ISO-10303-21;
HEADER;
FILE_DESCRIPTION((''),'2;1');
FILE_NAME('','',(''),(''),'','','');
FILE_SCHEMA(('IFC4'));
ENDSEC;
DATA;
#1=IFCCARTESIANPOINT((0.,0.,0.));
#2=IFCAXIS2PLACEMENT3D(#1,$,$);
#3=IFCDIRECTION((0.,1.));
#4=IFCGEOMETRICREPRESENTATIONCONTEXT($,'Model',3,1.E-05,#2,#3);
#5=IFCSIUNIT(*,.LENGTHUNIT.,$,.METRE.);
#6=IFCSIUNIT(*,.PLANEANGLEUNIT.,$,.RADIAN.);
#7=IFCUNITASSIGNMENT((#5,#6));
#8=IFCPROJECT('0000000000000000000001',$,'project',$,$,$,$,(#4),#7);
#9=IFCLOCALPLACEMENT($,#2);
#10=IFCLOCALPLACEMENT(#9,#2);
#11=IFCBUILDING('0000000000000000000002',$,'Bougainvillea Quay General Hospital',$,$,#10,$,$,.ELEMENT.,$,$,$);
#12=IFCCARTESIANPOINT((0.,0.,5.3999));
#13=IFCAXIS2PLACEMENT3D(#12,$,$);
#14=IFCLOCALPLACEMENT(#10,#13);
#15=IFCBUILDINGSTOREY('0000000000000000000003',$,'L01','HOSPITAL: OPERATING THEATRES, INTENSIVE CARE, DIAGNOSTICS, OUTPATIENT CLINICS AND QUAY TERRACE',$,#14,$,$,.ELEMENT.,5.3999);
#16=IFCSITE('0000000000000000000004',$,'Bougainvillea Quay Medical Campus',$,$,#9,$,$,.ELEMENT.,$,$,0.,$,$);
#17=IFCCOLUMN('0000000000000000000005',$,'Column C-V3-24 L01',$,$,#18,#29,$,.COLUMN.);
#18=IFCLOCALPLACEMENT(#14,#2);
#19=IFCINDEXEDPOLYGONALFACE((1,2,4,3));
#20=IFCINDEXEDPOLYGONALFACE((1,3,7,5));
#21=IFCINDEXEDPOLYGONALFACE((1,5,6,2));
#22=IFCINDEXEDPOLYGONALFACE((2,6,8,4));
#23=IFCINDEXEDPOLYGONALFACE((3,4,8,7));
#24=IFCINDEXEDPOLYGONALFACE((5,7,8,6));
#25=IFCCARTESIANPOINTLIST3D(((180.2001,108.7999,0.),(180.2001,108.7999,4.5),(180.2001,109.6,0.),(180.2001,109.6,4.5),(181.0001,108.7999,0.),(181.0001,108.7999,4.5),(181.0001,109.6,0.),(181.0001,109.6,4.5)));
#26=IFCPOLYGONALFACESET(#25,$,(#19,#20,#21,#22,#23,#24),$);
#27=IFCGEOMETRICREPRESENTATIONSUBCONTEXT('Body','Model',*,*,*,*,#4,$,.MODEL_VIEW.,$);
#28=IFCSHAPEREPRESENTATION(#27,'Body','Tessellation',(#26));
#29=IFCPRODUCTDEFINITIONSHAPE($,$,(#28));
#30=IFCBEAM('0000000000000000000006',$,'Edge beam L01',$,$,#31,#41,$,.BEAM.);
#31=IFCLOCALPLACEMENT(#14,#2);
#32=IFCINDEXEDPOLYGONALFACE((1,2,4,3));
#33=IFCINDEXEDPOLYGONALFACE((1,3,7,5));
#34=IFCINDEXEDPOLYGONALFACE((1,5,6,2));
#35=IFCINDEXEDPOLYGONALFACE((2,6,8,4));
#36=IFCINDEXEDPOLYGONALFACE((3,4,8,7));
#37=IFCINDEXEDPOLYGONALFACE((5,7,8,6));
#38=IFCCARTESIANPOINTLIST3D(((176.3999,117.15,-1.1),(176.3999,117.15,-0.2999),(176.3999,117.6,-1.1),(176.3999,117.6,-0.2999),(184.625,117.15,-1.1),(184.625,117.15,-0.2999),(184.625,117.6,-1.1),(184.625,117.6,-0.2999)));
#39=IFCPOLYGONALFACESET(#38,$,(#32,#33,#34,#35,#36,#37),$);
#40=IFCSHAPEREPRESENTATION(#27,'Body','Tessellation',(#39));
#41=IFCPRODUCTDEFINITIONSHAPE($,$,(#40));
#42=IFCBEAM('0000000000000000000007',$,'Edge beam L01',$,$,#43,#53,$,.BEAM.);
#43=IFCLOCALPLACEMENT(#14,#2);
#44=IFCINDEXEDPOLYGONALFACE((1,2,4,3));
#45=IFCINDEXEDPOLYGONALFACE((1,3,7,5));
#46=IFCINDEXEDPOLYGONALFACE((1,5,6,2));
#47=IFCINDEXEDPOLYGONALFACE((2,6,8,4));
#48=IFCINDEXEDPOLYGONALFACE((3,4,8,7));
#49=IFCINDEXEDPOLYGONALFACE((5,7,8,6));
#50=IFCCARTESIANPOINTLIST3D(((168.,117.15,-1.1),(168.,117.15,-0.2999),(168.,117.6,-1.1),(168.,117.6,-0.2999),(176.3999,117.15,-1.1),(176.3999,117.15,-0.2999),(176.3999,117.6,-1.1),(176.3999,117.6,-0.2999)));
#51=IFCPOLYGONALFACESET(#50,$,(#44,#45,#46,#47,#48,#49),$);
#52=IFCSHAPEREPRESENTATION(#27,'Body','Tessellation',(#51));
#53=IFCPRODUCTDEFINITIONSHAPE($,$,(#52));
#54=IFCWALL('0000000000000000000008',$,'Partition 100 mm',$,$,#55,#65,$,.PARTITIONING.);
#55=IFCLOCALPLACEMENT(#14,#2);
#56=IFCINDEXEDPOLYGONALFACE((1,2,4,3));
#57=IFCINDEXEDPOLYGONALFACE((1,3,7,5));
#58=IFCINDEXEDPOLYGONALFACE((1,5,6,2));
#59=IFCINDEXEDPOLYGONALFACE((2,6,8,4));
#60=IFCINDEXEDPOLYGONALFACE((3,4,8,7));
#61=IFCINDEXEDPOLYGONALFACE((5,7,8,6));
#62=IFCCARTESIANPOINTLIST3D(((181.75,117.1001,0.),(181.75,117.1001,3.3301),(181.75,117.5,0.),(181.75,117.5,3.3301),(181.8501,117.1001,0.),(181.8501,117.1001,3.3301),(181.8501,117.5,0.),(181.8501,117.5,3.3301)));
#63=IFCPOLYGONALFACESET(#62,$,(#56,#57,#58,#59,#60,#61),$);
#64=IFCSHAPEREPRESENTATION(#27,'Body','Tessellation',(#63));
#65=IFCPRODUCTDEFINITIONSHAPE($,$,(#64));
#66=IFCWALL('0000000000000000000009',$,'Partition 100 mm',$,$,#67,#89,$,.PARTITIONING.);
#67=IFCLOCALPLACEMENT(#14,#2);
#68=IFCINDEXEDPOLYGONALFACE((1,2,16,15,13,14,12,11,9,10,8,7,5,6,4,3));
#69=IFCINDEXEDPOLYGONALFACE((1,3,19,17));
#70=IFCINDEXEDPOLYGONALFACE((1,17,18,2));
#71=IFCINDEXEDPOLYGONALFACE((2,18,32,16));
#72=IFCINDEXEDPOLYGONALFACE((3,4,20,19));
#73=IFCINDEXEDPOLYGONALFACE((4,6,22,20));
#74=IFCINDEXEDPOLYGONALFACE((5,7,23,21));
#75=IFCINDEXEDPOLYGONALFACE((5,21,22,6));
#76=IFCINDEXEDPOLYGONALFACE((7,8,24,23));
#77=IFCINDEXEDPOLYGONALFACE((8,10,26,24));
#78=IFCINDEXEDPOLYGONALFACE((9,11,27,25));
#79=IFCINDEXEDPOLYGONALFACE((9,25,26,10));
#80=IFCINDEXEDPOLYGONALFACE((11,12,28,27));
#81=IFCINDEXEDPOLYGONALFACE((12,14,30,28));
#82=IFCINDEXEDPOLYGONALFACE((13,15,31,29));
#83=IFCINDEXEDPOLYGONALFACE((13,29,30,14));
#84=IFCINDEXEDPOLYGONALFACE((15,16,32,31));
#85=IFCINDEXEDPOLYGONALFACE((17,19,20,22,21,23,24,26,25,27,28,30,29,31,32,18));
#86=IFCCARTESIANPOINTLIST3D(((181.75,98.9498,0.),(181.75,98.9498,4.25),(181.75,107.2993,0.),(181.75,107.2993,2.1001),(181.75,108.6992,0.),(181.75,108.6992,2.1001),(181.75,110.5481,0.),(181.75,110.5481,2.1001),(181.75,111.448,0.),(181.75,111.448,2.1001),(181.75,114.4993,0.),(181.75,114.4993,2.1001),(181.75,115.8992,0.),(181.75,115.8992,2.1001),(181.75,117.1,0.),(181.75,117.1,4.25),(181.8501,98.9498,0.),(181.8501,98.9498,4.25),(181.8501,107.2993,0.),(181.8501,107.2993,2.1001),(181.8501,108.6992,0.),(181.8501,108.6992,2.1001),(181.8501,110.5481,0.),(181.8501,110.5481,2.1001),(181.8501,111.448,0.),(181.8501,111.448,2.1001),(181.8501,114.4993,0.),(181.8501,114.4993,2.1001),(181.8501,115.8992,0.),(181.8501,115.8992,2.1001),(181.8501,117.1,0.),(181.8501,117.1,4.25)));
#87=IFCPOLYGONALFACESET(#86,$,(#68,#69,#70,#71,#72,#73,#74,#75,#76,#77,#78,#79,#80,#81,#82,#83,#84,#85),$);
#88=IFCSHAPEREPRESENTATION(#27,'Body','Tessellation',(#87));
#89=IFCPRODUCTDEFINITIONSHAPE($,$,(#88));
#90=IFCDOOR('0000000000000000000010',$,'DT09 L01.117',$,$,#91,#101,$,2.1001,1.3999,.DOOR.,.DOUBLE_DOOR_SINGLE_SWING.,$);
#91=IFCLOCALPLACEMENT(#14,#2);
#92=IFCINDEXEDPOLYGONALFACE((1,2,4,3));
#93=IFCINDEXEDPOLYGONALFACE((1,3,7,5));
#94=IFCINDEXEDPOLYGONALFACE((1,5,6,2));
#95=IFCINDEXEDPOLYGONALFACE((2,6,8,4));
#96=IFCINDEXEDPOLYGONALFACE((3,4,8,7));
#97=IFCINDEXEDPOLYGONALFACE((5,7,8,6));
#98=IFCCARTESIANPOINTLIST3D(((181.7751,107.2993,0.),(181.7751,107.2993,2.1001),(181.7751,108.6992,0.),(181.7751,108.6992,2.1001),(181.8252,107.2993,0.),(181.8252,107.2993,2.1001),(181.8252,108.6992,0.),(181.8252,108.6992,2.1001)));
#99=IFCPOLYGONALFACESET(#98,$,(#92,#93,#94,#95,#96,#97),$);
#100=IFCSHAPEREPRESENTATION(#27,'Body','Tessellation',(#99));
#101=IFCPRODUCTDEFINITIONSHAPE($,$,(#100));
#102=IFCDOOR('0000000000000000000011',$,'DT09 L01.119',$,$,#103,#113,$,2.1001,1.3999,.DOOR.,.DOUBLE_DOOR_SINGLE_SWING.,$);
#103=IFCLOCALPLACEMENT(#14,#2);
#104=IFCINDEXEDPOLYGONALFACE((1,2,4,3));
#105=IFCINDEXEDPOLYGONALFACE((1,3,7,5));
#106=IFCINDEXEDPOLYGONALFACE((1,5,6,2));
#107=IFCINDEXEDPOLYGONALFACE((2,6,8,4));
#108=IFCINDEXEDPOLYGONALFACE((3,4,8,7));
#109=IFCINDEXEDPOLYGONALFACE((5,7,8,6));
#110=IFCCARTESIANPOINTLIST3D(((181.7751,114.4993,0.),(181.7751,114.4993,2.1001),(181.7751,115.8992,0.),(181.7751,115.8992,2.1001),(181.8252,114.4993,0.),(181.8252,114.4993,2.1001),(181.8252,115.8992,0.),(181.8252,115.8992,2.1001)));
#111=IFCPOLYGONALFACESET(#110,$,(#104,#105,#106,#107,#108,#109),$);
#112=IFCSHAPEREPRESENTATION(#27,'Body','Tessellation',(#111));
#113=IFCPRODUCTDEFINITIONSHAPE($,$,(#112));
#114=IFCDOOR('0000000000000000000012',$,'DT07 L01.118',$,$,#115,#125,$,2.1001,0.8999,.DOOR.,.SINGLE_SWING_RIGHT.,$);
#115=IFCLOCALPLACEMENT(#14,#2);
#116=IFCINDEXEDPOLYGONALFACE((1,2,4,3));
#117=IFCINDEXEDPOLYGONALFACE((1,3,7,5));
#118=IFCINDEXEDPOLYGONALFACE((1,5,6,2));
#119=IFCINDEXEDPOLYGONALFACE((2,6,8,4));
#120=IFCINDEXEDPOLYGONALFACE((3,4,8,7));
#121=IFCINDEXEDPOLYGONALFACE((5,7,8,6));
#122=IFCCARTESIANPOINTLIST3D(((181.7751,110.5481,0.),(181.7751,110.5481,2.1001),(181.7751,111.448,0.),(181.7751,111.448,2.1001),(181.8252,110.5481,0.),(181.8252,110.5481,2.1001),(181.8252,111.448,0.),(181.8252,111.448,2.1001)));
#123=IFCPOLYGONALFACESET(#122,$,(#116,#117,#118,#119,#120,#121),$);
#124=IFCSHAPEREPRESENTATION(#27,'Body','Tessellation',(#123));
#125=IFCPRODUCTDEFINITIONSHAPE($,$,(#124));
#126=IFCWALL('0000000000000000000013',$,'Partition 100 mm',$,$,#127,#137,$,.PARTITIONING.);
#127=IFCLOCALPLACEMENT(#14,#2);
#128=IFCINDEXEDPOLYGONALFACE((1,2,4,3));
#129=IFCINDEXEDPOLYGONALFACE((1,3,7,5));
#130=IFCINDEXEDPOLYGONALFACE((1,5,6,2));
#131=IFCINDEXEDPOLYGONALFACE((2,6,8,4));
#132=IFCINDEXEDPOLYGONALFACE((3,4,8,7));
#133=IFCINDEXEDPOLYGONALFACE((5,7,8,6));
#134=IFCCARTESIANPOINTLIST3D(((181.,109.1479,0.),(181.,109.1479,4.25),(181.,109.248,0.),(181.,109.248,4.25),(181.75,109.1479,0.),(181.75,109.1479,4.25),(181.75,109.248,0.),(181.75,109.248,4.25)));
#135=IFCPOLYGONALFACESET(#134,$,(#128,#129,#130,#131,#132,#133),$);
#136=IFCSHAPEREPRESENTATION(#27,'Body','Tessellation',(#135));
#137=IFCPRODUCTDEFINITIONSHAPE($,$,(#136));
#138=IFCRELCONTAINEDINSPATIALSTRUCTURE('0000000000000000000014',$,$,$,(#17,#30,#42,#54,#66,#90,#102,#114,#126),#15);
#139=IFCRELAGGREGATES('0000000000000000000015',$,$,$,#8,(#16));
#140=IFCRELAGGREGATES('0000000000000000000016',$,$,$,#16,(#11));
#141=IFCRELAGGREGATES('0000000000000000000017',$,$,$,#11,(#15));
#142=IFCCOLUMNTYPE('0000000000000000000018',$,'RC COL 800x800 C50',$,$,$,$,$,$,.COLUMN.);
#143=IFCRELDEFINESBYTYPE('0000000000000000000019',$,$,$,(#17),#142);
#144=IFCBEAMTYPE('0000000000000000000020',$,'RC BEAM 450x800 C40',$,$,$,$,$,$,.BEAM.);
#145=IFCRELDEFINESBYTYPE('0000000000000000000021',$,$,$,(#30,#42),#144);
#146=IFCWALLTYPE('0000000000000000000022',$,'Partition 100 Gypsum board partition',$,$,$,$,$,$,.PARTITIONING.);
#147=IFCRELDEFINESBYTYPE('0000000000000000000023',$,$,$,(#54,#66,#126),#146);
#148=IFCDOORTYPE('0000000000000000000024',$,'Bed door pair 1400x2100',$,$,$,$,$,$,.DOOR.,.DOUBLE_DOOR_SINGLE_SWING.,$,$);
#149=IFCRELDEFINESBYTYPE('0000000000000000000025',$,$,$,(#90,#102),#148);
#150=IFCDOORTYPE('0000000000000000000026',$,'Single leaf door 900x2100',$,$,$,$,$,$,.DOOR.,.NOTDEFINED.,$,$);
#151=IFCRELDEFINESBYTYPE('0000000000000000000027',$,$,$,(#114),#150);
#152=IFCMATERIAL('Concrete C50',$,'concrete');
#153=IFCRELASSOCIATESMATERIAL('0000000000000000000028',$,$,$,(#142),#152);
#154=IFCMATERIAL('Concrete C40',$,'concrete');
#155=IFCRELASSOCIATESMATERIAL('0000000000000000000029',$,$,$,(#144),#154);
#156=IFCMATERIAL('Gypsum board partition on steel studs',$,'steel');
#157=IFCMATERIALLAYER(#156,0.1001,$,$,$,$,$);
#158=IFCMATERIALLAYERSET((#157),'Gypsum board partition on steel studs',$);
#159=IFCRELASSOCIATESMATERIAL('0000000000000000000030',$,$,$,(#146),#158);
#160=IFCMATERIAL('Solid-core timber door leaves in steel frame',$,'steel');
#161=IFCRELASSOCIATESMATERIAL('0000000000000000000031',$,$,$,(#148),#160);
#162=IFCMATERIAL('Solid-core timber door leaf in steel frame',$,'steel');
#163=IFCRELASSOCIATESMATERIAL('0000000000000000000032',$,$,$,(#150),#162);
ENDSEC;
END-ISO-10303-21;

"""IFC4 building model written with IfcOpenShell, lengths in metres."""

from ifc_helpers import new_model, si_unit, direction, frame, frame_2d, origin, origin_2d, place, context, subcontext, project, spatial, rectangle, extrude, material, layer, layer_set, material_profile, profile_set, type_object, element, fill, save


model = new_model("IFC4")

# Units and contexts
model_context = context("Model", 3, precision=1e-05, world=origin(), true_north=direction((0.0, 1.0)))
body_context = subcontext(model_context, "Body", "Model", "MODEL_VIEW")
ifc_project = project(units=[si_unit("LENGTHUNIT", "METRE"), si_unit("PLANEANGLEUNIT", "RADIAN")], contexts=[model_context])

# Site, building, storey
site_placement = place(None, origin())
site = spatial("IfcSite", under=ifc_project, at=site_placement, Name="Bougainvillea Quay Medical Campus", CompositionType="ELEMENT", RefElevation=0.0)
building_placement = place(site_placement, origin())
building = spatial("IfcBuilding", under=site, at=building_placement, Name="Bougainvillea Quay General Hospital", CompositionType="ELEMENT")
storey_placement = place(building_placement, frame((0.0, 0.0, 5.3999)))
storey = spatial("IfcBuildingStorey", under=building, at=storey_placement, Name="L01", Description="HOSPITAL: OPERATING THEATRES, INTENSIVE CARE, DIAGNOSTICS, OUTPATIENT CLINICS AND QUAY TERRACE", CompositionType="ELEMENT", Elevation=5.3999)

# Column
ifc_material_1 = material(Name="Concrete C50", Category="concrete")
ifc_material_profile_1 = material_profile(ifc_material_1, rectangle(XDim=0.8, YDim=0.8, at=origin_2d()))
ifc_profile_set_1 = profile_set([ifc_material_profile_1], Name="Concrete C50")
column_type = type_object("IfcColumnType", Name="RC COL 800x800 C50", PredefinedType="COLUMN", material=ifc_profile_set_1)
column_placement = place(storey_placement, frame((180.6001, 109.2, 0.0), z_axis=(0.0, 0.0, 1.0), x_axis=(1.0, 0.0, 0.0)))
element("IfcColumn", 1, at=column_placement, inside=storey, type_object=column_type, Name="Column C-V3-24 L01", PredefinedType="COLUMN", context=body_context, shape_type="SweptSolid", body=[
    extrude(rectangle(XDim=0.8, YDim=0.8, at=origin_2d()), origin(), (0.0, 0.0, 1.0), 4.5),
])

# Beams
ifc_material_2 = material(Name="Concrete C40", Category="concrete")
ifc_material_profile_2 = material_profile(ifc_material_2, rectangle(XDim=0.45, YDim=0.8, at=origin_2d()))
ifc_profile_set_2 = profile_set([ifc_material_profile_2], Name="Concrete C40")
beam_type = type_object("IfcBeamType", Name="RC BEAM 450x800 C40", PredefinedType="BEAM", material=ifc_profile_set_2)
beam_1_placement = place(storey_placement, frame((184.625, 117.375, -0.7), z_axis=(-1.0, 0.0, 0.0), x_axis=(0.0, -1.0, 0.0)))
element("IfcBeam", 2, at=beam_1_placement, inside=storey, type_object=beam_type, Name="Edge beam L01", PredefinedType="BEAM", context=body_context, shape_type="SweptSolid", body=[
    extrude(rectangle(XDim=0.45, YDim=0.8, at=origin_2d()), origin(), (0.0, 0.0, 1.0), 8.2251),
])
beam_2_placement = place(storey_placement, frame((176.3999, 117.375, -0.7), z_axis=(-1.0, 0.0, 0.0), x_axis=(0.0, -1.0, 0.0)))
element("IfcBeam", 3, at=beam_2_placement, inside=storey, type_object=beam_type, Name="Edge beam L01", PredefinedType="BEAM", context=body_context, shape_type="SweptSolid", body=[
    extrude(rectangle(XDim=0.45, YDim=0.8, at=origin_2d()), origin(), (0.0, 0.0, 1.0), 8.3999),
])

# Wall
ifc_material_3 = material(Name="Gypsum board partition on steel studs", Category="steel")
ifc_layer_1 = layer(ifc_material_3, 0.1001)
ifc_layer_set_1 = layer_set([ifc_layer_1], Name="Gypsum board partition on steel studs")
wall_type_1 = type_object("IfcWallType", Name="Partition 100 Gypsum board partition", PredefinedType="PARTITIONING", material=ifc_layer_set_1)
wall_1_placement = place(storey_placement, frame((181.8, 117.5, 0.0), z_axis=(0.0, 0.0, 1.0), x_axis=(0.0, -1.0, 0.0)))
element("IfcWall", 4, at=wall_1_placement, inside=storey, type_object=wall_type_1, Name="Partition 100 mm", PredefinedType="PARTITIONING", context=body_context, shape_type="SweptSolid", body=[
    extrude(rectangle(XDim=0.3999, YDim=0.1001, at=frame_2d((0.2, 0.0))), origin(), (0.0, 0.0, 1.0), 3.3301),
])

# Wall, openings, doors
wall_2_placement = place(storey_placement, frame((181.8, 117.1001, 0.0), z_axis=(0.0, 0.0, 1.0), x_axis=(0.0, -1.0, 0.0)))
wall_2 = element("IfcWall", 5, at=wall_2_placement, inside=storey, type_object=wall_type_1, Name="Partition 100 mm", PredefinedType="PARTITIONING", context=body_context, shape_type="SweptSolid", body=[
    extrude(rectangle(XDim=18.1501, YDim=0.1001, at=frame_2d((9.0752, 0.0))), origin(), (0.0, 0.0, 1.0), 4.25),
])
opening_1_placement = place(wall_2_placement, frame((8.4009, 0.0, 0.0)))
opening_1 = element("IfcOpeningElement", 6, at=opening_1_placement, cuts=wall_2, PredefinedType="OPENING", context=body_context, shape_type="SweptSolid", body=[
    extrude(rectangle(XDim=1.3999, YDim=2.1001, at=frame_2d((0.7, 1.05))), frame((0.0, 0.0601, 0.0), z_axis=(0.0, -1.0, 0.0), x_axis=(1.0, 0.0, 0.0)), (0.0, 0.0, 1.0), 0.1201),
])
opening_2_placement = place(wall_2_placement, frame((5.6521, 0.0, 0.0)))
opening_2 = element("IfcOpeningElement", 7, at=opening_2_placement, cuts=wall_2, PredefinedType="OPENING", context=body_context, shape_type="SweptSolid", body=[
    extrude(rectangle(XDim=0.8999, YDim=2.1001, at=frame_2d((0.45, 1.05))), frame((0.0, 0.0601, 0.0), z_axis=(0.0, -1.0, 0.0), x_axis=(1.0, 0.0, 0.0)), (0.0, 0.0, 1.0), 0.1201),
])
opening_3_placement = place(wall_2_placement, frame((1.2009, 0.0, 0.0)))
opening_3 = element("IfcOpeningElement", 8, at=opening_3_placement, cuts=wall_2, PredefinedType="OPENING", context=body_context, shape_type="SweptSolid", body=[
    extrude(rectangle(XDim=1.3999, YDim=2.1001, at=frame_2d((0.7, 1.05))), frame((0.0, 0.0601, 0.0), z_axis=(0.0, -1.0, 0.0), x_axis=(1.0, 0.0, 0.0)), (0.0, 0.0, 1.0), 0.1201),
])
ifc_material_4 = material(Name="Solid-core timber door leaves in steel frame", Category="steel")
door_type_1 = type_object("IfcDoorType", Name="Bed door pair 1400x2100", OperationType="DOUBLE_DOOR_SINGLE_SWING", PredefinedType="DOOR", material=ifc_material_4)
door_1_placement = place(opening_1_placement, frame((1.3999, 0.0, 0.0), z_axis=(0.0, 0.0, 1.0), x_axis=(-1.0, 0.0, 0.0)))
door_1 = element("IfcDoor", 9, at=door_1_placement, inside=storey, type_object=door_type_1, Name="DT09 L01.117", OperationType="DOUBLE_DOOR_SINGLE_SWING", OverallHeight=2.1001, OverallWidth=1.3999, PredefinedType="DOOR", context=body_context, shape_type="SweptSolid", body=[
    extrude(rectangle(XDim=1.3999, YDim=2.1001, at=frame_2d((0.7, 1.05))), frame((0.0, 0.0249, 0.0), z_axis=(0.0, -1.0, 0.0), x_axis=(1.0, 0.0, 0.0)), (0.0, 0.0, 1.0), 0.05),
])
fill(opening_1, door_1)
door_2_placement = place(opening_3_placement, frame((1.3999, 0.0, 0.0), z_axis=(0.0, 0.0, 1.0), x_axis=(-1.0, 0.0, 0.0)))
door_2 = element("IfcDoor", 10, at=door_2_placement, inside=storey, type_object=door_type_1, Name="DT09 L01.119", OperationType="DOUBLE_DOOR_SINGLE_SWING", OverallHeight=2.1001, OverallWidth=1.3999, PredefinedType="DOOR", context=body_context, shape_type="SweptSolid", body=[
    extrude(rectangle(XDim=1.3999, YDim=2.1001, at=frame_2d((0.7, 1.05))), frame((0.0, 0.0249, 0.0), z_axis=(0.0, -1.0, 0.0), x_axis=(1.0, 0.0, 0.0)), (0.0, 0.0, 1.0), 0.05),
])
fill(opening_3, door_2)
ifc_material_5 = material(Name="Solid-core timber door leaf in steel frame", Category="steel")
door_type_2 = type_object("IfcDoorType", Name="Single leaf door 900x2100", OperationType="NOTDEFINED", PredefinedType="DOOR", material=ifc_material_5)
door_3_placement = place(opening_2_placement, frame((0.8999, 0.0, 0.0), z_axis=(0.0, 0.0, 1.0), x_axis=(-1.0, 0.0, 0.0)))
door_3 = element("IfcDoor", 11, at=door_3_placement, inside=storey, type_object=door_type_2, Name="DT07 L01.118", OperationType="SINGLE_SWING_RIGHT", OverallHeight=2.1001, OverallWidth=0.8999, PredefinedType="DOOR", context=body_context, shape_type="SweptSolid", body=[
    extrude(rectangle(XDim=0.8999, YDim=2.1001, at=frame_2d((0.45, 1.05))), frame((0.0, 0.0249, 0.0), z_axis=(0.0, -1.0, 0.0), x_axis=(1.0, 0.0, 0.0)), (0.0, 0.0, 1.0), 0.05),
])
fill(opening_2, door_3)

# Wall
wall_3_placement = place(storey_placement, frame((181.0, 109.198, 0.0), z_axis=(0.0, 0.0, 1.0), x_axis=(1.0, 0.0, 0.0)))
element("IfcWall", 12, at=wall_3_placement, inside=storey, type_object=wall_type_1, Name="Partition 100 mm", PredefinedType="PARTITIONING", context=body_context, shape_type="SweptSolid", body=[
    extrude(rectangle(XDim=0.75, YDim=0.1001, at=frame_2d((0.375, 0.0))), origin(), (0.0, 0.0, 1.0), 4.25),
])

save(model, "model.ifc")
